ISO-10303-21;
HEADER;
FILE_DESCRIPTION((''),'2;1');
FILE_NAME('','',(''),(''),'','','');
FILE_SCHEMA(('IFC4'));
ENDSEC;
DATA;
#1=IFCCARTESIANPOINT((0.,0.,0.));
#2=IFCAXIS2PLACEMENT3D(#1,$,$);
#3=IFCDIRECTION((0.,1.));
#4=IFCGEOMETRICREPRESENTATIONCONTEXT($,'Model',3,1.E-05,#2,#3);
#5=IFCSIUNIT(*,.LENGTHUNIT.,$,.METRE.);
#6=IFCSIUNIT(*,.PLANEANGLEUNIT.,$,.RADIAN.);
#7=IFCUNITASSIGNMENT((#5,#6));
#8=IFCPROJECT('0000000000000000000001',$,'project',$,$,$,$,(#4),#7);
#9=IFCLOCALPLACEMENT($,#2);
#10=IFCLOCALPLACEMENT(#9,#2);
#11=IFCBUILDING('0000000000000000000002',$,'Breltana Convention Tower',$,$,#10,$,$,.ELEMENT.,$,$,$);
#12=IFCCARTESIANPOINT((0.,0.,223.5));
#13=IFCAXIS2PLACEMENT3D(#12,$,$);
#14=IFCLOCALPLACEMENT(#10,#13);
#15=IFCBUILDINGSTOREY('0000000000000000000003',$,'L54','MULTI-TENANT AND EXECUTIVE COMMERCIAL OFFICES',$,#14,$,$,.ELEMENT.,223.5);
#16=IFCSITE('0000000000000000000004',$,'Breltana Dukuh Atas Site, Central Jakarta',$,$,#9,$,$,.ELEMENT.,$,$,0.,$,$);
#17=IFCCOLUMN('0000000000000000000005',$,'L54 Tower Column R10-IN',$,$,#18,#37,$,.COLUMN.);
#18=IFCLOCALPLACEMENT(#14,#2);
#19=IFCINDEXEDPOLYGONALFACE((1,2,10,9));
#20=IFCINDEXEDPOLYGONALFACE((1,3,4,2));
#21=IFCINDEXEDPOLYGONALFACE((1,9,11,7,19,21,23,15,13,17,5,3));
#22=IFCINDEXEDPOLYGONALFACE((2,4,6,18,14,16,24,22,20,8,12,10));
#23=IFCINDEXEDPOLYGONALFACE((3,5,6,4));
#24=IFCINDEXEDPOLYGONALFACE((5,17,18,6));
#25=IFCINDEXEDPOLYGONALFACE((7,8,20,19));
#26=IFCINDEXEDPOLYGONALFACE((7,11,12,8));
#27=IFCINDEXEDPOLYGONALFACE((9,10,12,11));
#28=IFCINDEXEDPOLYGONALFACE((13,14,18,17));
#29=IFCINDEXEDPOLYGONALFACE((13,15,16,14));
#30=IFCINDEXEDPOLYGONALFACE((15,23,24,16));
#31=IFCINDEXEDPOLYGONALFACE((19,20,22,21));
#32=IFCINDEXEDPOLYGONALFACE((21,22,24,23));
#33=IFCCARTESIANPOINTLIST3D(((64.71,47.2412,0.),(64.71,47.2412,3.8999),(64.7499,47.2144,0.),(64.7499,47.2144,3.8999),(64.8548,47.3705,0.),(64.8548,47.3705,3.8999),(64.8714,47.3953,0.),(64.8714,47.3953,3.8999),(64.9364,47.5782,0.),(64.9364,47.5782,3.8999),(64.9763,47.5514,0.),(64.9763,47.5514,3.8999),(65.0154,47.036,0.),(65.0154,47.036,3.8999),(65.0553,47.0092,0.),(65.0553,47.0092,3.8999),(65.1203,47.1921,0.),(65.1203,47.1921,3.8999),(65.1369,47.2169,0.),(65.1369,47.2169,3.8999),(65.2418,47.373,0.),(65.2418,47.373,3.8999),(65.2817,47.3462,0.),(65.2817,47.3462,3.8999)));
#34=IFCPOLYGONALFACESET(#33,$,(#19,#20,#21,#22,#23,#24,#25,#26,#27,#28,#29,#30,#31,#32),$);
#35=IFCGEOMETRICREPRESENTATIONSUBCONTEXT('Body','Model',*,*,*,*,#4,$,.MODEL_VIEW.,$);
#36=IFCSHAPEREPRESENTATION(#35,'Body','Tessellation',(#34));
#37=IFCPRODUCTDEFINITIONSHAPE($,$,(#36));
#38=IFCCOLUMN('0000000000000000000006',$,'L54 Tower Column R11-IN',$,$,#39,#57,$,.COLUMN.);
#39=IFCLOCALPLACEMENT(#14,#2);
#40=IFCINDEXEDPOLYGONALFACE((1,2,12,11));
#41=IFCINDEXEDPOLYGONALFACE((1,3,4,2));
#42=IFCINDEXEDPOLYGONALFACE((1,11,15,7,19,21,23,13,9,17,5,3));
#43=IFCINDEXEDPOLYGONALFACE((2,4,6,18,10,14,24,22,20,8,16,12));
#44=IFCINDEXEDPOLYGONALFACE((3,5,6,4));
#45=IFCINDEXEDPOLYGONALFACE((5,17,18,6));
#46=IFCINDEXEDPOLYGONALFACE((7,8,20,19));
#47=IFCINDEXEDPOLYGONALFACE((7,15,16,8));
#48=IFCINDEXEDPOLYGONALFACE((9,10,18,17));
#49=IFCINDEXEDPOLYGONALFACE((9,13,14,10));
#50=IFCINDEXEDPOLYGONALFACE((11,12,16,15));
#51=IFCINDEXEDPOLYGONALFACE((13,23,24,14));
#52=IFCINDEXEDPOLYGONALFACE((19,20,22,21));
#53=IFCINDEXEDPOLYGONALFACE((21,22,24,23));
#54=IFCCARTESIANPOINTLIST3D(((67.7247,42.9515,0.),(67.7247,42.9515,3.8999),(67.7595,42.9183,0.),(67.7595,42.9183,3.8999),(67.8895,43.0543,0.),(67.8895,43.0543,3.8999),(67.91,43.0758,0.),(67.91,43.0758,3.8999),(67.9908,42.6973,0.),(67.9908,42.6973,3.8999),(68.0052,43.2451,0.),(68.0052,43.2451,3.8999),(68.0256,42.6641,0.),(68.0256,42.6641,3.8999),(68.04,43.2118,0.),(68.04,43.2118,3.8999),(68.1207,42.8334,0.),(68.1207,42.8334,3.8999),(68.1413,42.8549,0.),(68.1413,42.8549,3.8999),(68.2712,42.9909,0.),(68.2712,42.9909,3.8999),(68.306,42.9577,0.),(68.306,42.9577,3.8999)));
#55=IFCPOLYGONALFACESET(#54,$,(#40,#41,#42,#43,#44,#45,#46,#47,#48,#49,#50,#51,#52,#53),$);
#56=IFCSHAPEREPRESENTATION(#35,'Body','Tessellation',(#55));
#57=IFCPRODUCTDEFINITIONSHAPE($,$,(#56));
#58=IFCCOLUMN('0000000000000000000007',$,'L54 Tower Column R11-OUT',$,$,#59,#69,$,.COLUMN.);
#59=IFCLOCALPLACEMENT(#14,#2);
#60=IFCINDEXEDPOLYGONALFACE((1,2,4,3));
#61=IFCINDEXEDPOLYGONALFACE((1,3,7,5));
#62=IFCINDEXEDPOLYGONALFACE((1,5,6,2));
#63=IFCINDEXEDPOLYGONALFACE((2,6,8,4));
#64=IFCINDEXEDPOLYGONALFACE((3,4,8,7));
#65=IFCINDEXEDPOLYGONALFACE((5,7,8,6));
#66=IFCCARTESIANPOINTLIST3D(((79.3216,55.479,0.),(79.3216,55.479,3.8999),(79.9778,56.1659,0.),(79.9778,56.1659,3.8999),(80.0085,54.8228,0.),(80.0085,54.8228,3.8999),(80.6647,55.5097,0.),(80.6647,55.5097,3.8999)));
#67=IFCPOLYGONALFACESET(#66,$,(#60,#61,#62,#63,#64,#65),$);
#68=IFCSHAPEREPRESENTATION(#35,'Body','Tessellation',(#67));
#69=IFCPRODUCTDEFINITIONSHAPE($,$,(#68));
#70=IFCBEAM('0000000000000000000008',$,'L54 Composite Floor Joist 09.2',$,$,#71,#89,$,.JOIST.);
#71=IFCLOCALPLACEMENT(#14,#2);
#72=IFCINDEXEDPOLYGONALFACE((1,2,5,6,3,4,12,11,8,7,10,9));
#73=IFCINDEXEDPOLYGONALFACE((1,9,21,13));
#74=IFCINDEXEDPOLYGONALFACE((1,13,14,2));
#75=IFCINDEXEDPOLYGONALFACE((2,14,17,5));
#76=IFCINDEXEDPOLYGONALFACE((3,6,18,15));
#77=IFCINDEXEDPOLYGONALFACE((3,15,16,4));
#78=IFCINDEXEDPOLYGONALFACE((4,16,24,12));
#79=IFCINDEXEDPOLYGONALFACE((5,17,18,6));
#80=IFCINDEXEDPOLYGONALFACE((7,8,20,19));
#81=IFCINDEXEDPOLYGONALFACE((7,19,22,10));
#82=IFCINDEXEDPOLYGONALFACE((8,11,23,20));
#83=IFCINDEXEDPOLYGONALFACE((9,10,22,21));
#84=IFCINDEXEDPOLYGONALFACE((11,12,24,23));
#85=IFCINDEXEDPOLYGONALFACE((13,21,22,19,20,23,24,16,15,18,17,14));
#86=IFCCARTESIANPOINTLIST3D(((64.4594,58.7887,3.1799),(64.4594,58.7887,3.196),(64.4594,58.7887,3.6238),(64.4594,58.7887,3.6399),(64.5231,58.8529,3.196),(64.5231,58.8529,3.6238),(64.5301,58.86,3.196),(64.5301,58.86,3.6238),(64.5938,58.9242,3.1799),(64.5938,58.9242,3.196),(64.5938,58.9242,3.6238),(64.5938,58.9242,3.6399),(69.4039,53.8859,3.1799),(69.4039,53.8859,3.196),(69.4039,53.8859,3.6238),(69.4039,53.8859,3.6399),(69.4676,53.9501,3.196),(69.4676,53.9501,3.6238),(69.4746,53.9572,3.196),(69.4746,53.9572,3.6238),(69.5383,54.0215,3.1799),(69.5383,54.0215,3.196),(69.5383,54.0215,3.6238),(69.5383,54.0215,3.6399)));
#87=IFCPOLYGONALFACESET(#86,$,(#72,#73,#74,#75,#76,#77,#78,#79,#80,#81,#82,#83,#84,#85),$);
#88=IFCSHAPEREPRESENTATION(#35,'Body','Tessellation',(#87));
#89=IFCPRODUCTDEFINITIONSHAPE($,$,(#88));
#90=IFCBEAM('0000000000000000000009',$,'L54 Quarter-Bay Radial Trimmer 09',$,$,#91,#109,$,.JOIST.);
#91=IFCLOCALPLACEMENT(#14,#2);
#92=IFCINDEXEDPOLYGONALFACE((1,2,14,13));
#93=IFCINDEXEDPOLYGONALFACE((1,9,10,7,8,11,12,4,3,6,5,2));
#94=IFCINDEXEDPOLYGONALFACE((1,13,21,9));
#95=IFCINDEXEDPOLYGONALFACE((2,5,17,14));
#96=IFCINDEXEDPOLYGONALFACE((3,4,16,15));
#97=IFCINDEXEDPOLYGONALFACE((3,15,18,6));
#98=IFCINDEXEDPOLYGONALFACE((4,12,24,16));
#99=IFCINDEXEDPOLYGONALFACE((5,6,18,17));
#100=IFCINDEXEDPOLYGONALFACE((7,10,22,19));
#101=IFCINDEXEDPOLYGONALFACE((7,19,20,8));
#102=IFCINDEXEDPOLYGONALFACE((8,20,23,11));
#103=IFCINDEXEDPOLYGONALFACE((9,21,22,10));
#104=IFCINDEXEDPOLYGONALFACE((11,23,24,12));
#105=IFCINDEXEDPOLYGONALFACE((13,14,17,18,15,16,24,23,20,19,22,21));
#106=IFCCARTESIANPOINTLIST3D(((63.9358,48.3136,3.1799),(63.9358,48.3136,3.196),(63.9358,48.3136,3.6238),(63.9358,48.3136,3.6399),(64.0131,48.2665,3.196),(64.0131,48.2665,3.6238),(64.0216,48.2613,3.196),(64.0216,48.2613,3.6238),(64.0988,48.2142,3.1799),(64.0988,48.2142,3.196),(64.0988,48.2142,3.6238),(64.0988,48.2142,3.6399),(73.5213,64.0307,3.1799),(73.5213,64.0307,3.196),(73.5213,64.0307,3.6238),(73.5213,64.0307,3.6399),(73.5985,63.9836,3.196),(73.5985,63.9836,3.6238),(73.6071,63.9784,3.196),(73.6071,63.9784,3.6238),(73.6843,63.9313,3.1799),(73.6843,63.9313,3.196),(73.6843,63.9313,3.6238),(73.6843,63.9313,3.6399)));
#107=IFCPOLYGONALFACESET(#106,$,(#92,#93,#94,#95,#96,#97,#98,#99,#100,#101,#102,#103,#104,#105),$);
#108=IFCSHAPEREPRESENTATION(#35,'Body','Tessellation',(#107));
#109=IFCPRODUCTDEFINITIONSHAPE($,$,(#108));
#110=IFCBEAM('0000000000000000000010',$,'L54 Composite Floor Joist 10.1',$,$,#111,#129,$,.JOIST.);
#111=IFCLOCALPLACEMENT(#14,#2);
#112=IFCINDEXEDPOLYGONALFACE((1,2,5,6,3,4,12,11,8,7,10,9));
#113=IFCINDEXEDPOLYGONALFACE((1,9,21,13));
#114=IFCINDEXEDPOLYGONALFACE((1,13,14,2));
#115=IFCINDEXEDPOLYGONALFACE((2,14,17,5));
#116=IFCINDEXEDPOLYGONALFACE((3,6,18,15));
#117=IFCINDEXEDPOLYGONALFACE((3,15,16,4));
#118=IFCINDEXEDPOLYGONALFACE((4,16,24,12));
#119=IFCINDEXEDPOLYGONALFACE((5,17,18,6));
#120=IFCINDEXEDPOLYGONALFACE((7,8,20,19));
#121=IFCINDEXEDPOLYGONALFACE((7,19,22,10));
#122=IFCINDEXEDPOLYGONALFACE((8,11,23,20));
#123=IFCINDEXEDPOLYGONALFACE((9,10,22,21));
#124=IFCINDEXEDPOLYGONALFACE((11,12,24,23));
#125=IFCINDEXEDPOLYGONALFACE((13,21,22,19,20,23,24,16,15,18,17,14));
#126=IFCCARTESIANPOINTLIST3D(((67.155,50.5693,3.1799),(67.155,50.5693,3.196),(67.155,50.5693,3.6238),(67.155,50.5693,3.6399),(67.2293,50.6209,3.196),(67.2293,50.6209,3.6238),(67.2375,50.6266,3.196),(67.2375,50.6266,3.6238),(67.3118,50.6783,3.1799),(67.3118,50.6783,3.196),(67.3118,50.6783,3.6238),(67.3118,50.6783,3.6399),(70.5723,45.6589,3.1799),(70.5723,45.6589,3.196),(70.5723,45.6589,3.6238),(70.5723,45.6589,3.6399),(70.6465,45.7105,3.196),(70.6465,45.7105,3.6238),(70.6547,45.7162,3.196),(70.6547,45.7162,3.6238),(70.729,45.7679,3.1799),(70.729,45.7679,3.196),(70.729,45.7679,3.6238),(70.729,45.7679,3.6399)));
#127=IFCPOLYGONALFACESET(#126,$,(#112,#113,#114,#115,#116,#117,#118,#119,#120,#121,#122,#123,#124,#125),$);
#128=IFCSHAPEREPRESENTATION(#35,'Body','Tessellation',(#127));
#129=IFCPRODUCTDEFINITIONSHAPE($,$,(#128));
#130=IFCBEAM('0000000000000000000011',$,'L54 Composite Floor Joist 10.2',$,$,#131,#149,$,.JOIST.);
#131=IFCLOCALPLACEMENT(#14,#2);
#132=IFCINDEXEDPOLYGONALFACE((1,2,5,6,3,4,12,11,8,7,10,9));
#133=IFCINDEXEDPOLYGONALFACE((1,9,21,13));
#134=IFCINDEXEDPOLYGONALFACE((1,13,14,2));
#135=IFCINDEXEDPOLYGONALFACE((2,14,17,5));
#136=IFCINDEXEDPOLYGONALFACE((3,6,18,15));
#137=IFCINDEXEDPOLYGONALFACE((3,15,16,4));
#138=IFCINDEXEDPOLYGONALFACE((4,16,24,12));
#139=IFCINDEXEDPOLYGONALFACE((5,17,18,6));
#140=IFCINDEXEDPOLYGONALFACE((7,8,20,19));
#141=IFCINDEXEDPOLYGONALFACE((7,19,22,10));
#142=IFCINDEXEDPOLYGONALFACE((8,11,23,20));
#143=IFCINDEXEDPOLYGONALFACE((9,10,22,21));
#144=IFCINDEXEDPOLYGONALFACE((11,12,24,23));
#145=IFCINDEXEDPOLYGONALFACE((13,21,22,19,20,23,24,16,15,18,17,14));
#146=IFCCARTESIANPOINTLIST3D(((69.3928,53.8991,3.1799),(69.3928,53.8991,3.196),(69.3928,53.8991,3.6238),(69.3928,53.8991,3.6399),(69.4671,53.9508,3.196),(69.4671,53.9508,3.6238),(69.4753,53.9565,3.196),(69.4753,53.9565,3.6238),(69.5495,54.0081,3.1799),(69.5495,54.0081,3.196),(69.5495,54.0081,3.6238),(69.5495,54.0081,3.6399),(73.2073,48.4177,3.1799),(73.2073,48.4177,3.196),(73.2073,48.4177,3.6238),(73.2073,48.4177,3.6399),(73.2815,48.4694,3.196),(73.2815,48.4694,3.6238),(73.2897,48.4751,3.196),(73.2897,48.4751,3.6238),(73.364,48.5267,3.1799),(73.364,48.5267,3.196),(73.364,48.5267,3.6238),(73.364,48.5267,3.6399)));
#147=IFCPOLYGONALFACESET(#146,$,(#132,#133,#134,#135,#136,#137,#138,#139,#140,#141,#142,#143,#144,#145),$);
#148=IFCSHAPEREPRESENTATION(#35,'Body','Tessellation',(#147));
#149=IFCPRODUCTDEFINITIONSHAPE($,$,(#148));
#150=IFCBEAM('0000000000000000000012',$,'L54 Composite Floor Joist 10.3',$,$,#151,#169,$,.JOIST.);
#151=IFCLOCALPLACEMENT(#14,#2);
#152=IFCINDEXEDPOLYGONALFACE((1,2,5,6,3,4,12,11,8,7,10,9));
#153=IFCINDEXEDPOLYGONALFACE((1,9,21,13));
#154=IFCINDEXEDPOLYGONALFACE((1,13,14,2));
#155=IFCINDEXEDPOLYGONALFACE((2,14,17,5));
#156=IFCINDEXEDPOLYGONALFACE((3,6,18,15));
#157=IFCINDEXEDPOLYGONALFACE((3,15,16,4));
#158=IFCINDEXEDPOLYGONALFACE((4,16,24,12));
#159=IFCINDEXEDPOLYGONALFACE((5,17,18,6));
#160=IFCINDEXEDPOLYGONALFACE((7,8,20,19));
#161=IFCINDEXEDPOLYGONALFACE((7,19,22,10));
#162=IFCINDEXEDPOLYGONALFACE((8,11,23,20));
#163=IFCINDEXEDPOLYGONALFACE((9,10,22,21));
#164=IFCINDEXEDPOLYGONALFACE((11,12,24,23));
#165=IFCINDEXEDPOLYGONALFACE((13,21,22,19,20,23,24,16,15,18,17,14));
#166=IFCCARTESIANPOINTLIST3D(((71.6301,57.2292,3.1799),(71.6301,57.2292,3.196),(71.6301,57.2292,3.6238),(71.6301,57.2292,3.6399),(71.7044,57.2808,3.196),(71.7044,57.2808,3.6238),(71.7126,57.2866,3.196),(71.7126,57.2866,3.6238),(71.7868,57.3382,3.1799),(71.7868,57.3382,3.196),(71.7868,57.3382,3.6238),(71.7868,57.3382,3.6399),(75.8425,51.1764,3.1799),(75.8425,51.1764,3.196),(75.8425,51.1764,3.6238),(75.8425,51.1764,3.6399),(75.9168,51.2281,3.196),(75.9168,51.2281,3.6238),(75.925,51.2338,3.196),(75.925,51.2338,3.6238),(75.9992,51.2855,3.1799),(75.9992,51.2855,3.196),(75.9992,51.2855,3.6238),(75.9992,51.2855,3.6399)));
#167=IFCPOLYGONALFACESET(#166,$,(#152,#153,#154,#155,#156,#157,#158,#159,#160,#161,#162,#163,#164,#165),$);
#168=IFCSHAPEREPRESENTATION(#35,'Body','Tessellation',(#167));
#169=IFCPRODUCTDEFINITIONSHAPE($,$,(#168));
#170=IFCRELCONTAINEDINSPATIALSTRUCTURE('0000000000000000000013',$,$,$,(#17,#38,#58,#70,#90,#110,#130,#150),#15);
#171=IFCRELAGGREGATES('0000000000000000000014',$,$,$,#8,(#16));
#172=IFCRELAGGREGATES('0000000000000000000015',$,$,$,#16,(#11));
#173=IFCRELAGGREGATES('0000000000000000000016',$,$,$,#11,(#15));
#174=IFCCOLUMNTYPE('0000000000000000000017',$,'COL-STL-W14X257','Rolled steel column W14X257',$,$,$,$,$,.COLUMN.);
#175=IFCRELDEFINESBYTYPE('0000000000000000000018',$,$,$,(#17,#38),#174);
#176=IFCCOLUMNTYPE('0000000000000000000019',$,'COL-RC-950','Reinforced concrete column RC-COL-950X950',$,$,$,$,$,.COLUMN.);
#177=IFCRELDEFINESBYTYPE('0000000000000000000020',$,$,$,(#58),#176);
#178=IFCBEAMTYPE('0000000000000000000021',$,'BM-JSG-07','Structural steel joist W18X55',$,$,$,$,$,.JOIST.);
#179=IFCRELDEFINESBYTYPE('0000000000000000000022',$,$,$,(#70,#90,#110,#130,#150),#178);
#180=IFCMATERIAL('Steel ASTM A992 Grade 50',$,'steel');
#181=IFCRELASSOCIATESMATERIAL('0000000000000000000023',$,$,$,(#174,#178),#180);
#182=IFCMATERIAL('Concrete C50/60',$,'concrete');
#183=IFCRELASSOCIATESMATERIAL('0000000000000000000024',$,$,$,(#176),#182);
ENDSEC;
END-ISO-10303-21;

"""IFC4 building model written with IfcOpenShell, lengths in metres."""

from ifc_helpers import new_model, si_unit, direction, frame, origin, origin_2d, place, context, subcontext, project, spatial, rectangle, i_section, extrude, source, transform, mapped, material, material_profile, profile_set, type_object, element, save


model = new_model("IFC4")

# Units and contexts
model_context = context("Model", 3, precision=1e-05, world=origin(), true_north=direction((0.0, 1.0)))
body_context = subcontext(model_context, "Body", "Model", "MODEL_VIEW")
ifc_project = project(units=[si_unit("LENGTHUNIT", "METRE"), si_unit("PLANEANGLEUNIT", "RADIAN")], contexts=[model_context])

# Site, building, storey
site_placement = place(None, origin())
site = spatial("IfcSite", under=ifc_project, at=site_placement, Name="Breltana Dukuh Atas Site, Central Jakarta", CompositionType="ELEMENT", RefElevation=0.0)
building_placement = place(site_placement, origin())
building = spatial("IfcBuilding", under=site, at=building_placement, Name="Breltana Convention Tower", CompositionType="ELEMENT")
storey_placement = place(building_placement, frame((0.0, 0.0, 223.5)))
storey = spatial("IfcBuildingStorey", under=building, at=storey_placement, Name="L54", Description="MULTI-TENANT AND EXECUTIVE COMMERCIAL OFFICES", CompositionType="ELEMENT", Elevation=223.5)

# Columns
ifc_material_1 = material(Name="Steel ASTM A992 Grade 50", Category="steel")
ifc_material_profile_1 = material_profile(ifc_material_1, i_section(OverallWidth=0.406, OverallDepth=0.416, WebThickness=0.0298, FlangeThickness=0.0481, at=origin_2d()), Name="W14X257")
ifc_profile_set_1 = profile_set([ifc_material_profile_1], Name="Steel ASTM A992 Grade 50")
column_type_1 = type_object("IfcColumnType", Name="COL-STL-W14X257", Description="Rolled steel column W14X257", PredefinedType="COLUMN", material=ifc_profile_set_1)
shared_shape_1 = source(origin(), body_context, "Body", "SweptSolid", [
    extrude(i_section(OverallWidth=0.406, OverallDepth=0.416, WebThickness=0.0298, FlangeThickness=0.0481, at=origin_2d()), origin(), (0.0, 0.0, 1.0), 3.8999),
])
for number, where, z_axis, x_axis, name in (
    (1, (64.9958, 47.2937, 0.0), (0.0, 0.0, 1.0), (0.557745, 0.830012, 0.0), "L54 Tower Column R10-IN"),
    (2, (68.0154, 42.9546, 0.0), (0.0, 0.0, 1.0), (0.690756, 0.723088, 0.0), "L54 Tower Column R11-IN"),
):
    element("IfcColumn", number, at=place(storey_placement, frame(where, z_axis=z_axis, x_axis=x_axis)), inside=storey, type_object=column_type_1, Name=name, PredefinedType="COLUMN", context=body_context, shape_type="MappedRepresentation", body=[
        mapped(shared_shape_1, transform((0.0, 0.0, 0.0), scale=1.0)),
    ])
ifc_material_2 = material(Name="Concrete C50/60", Category="concrete")
ifc_material_profile_2 = material_profile(ifc_material_2, rectangle(XDim=0.95, YDim=0.95, at=origin_2d()), Name="RC-COL-950X950")
ifc_profile_set_2 = profile_set([ifc_material_profile_2], Name="Concrete C50/60")
column_type_2 = type_object("IfcColumnType", Name="COL-RC-950", Description="Reinforced concrete column RC-COL-950X950", PredefinedType="COLUMN", material=ifc_profile_set_2)
shared_shape_2 = source(origin(), body_context, "Body", "SweptSolid", [
    extrude(rectangle(XDim=0.95, YDim=0.95, at=origin_2d()), origin(), (0.0, 0.0, 1.0), 3.8999),
])
column_placement = place(storey_placement, frame((79.9932, 55.4944, 0.0), z_axis=(0.0, 0.0, 1.0), x_axis=(0.690756, 0.723088, 0.0)))
element("IfcColumn", 3, at=column_placement, inside=storey, type_object=column_type_2, Name="L54 Tower Column R11-OUT", PredefinedType="COLUMN", context=body_context, shape_type="MappedRepresentation", body=[
    mapped(shared_shape_2, transform((0.0, 0.0, 0.0), scale=1.0)),
])

# Beams
ifc_material_profile_3 = material_profile(ifc_material_1, i_section(OverallWidth=0.1909, OverallDepth=0.46, WebThickness=0.01, FlangeThickness=0.0161, at=origin_2d()), Name="W18X55")
ifc_profile_set_3 = profile_set([ifc_material_profile_3], Name="Steel ASTM A992 Grade 50")
beam_type_1 = type_object("IfcBeamType", Name="BM-JSG-07", Description="Structural steel joist W18X55", PredefinedType="JOIST", material=ifc_profile_set_3)
shared_shape_3 = source(origin(), body_context, "Body", "SweptSolid", [
    extrude(i_section(OverallWidth=0.1909, OverallDepth=0.46, WebThickness=0.01, FlangeThickness=0.0161, at=origin_2d()), origin(), (0.0, 0.0, 1.0), 6.9631),
])
beam_1_placement = place(storey_placement, frame((64.5266, 58.8564, 3.4099), z_axis=(0.710098, -0.704103, 0.0), x_axis=(0.704103, 0.710098, 0.0)))
element("IfcBeam", 4, at=beam_1_placement, inside=storey, type_object=beam_type_1, Name="L54 Composite Floor Joist 09.2", PredefinedType="JOIST", context=body_context, shape_type="MappedRepresentation", body=[
    mapped(shared_shape_3, transform((0.0, 0.0, 0.0), scale=1.0)),
])
shared_shape_4 = source(origin(), body_context, "Body", "SweptSolid", [
    extrude(i_section(OverallWidth=0.1909, OverallDepth=0.46, WebThickness=0.01, FlangeThickness=0.0161, at=origin_2d()), origin(), (0.0, 0.0, 1.0), 18.4094),
])
beam_2_placement = place(storey_placement, frame((64.0173, 48.2639, 3.4099), z_axis=(0.520682, 0.853751, 0.0), x_axis=(-0.853751, 0.520682, 0.0)))
element("IfcBeam", 5, at=beam_2_placement, inside=storey, type_object=beam_type_1, Name="L54 Quarter-Bay Radial Trimmer 09", PredefinedType="JOIST", context=body_context, shape_type="MappedRepresentation", body=[
    mapped(shared_shape_4, transform((0.0, 0.0, 0.0), scale=1.0)),
])
shared_shape_5 = source(origin(), body_context, "Body", "SweptSolid", [
    extrude(i_section(OverallWidth=0.1909, OverallDepth=0.46, WebThickness=0.01, FlangeThickness=0.0161, at=origin_2d()), origin(), (0.0, 0.0, 1.0), 5.9824),
])
beam_3_placement = place(storey_placement, frame((67.2334, 50.6238, 3.4099), z_axis=(0.571212, -0.820803, 0.0), x_axis=(0.820803, 0.571212, 0.0)))
element("IfcBeam", 6, at=beam_3_placement, inside=storey, type_object=beam_type_1, Name="L54 Composite Floor Joist 10.1", PredefinedType="JOIST", context=body_context, shape_type="MappedRepresentation", body=[
    mapped(shared_shape_5, transform((0.0, 0.0, 0.0), scale=1.0)),
])
shared_shape_6 = source(origin(), body_context, "Body", "SweptSolid", [
    extrude(i_section(OverallWidth=0.1909, OverallDepth=0.46, WebThickness=0.01, FlangeThickness=0.0161, at=origin_2d()), origin(), (0.0, 0.0, 1.0), 6.678),
])
beam_4_placement = place(storey_placement, frame((69.4712, 53.9536, 3.4099), z_axis=(0.571193, -0.820816, 0.0), x_axis=(0.820816, 0.571193, 0.0)))
element("IfcBeam", 7, at=beam_4_placement, inside=storey, type_object=beam_type_1, Name="L54 Composite Floor Joist 10.2", PredefinedType="JOIST", context=body_context, shape_type="MappedRepresentation", body=[
    mapped(shared_shape_6, transform((0.0, 0.0, 0.0), scale=1.0)),
])
shared_shape_7 = source(origin(), body_context, "Body", "SweptSolid", [
    extrude(i_section(OverallWidth=0.1909, OverallDepth=0.46, WebThickness=0.01, FlangeThickness=0.0161, at=origin_2d()), origin(), (0.0, 0.0, 1.0), 7.3743),
])
beam_5_placement = place(storey_placement, frame((71.7085, 57.2837, 3.4099), z_axis=(0.571229, -0.82079, 0.0), x_axis=(0.82079, 0.571229, 0.0)))
element("IfcBeam", 8, at=beam_5_placement, inside=storey, type_object=beam_type_1, Name="L54 Composite Floor Joist 10.3", PredefinedType="JOIST", context=body_context, shape_type="MappedRepresentation", body=[
    mapped(shared_shape_7, transform((0.0, 0.0, 0.0), scale=1.0)),
])

save(model, "model.ifc")
